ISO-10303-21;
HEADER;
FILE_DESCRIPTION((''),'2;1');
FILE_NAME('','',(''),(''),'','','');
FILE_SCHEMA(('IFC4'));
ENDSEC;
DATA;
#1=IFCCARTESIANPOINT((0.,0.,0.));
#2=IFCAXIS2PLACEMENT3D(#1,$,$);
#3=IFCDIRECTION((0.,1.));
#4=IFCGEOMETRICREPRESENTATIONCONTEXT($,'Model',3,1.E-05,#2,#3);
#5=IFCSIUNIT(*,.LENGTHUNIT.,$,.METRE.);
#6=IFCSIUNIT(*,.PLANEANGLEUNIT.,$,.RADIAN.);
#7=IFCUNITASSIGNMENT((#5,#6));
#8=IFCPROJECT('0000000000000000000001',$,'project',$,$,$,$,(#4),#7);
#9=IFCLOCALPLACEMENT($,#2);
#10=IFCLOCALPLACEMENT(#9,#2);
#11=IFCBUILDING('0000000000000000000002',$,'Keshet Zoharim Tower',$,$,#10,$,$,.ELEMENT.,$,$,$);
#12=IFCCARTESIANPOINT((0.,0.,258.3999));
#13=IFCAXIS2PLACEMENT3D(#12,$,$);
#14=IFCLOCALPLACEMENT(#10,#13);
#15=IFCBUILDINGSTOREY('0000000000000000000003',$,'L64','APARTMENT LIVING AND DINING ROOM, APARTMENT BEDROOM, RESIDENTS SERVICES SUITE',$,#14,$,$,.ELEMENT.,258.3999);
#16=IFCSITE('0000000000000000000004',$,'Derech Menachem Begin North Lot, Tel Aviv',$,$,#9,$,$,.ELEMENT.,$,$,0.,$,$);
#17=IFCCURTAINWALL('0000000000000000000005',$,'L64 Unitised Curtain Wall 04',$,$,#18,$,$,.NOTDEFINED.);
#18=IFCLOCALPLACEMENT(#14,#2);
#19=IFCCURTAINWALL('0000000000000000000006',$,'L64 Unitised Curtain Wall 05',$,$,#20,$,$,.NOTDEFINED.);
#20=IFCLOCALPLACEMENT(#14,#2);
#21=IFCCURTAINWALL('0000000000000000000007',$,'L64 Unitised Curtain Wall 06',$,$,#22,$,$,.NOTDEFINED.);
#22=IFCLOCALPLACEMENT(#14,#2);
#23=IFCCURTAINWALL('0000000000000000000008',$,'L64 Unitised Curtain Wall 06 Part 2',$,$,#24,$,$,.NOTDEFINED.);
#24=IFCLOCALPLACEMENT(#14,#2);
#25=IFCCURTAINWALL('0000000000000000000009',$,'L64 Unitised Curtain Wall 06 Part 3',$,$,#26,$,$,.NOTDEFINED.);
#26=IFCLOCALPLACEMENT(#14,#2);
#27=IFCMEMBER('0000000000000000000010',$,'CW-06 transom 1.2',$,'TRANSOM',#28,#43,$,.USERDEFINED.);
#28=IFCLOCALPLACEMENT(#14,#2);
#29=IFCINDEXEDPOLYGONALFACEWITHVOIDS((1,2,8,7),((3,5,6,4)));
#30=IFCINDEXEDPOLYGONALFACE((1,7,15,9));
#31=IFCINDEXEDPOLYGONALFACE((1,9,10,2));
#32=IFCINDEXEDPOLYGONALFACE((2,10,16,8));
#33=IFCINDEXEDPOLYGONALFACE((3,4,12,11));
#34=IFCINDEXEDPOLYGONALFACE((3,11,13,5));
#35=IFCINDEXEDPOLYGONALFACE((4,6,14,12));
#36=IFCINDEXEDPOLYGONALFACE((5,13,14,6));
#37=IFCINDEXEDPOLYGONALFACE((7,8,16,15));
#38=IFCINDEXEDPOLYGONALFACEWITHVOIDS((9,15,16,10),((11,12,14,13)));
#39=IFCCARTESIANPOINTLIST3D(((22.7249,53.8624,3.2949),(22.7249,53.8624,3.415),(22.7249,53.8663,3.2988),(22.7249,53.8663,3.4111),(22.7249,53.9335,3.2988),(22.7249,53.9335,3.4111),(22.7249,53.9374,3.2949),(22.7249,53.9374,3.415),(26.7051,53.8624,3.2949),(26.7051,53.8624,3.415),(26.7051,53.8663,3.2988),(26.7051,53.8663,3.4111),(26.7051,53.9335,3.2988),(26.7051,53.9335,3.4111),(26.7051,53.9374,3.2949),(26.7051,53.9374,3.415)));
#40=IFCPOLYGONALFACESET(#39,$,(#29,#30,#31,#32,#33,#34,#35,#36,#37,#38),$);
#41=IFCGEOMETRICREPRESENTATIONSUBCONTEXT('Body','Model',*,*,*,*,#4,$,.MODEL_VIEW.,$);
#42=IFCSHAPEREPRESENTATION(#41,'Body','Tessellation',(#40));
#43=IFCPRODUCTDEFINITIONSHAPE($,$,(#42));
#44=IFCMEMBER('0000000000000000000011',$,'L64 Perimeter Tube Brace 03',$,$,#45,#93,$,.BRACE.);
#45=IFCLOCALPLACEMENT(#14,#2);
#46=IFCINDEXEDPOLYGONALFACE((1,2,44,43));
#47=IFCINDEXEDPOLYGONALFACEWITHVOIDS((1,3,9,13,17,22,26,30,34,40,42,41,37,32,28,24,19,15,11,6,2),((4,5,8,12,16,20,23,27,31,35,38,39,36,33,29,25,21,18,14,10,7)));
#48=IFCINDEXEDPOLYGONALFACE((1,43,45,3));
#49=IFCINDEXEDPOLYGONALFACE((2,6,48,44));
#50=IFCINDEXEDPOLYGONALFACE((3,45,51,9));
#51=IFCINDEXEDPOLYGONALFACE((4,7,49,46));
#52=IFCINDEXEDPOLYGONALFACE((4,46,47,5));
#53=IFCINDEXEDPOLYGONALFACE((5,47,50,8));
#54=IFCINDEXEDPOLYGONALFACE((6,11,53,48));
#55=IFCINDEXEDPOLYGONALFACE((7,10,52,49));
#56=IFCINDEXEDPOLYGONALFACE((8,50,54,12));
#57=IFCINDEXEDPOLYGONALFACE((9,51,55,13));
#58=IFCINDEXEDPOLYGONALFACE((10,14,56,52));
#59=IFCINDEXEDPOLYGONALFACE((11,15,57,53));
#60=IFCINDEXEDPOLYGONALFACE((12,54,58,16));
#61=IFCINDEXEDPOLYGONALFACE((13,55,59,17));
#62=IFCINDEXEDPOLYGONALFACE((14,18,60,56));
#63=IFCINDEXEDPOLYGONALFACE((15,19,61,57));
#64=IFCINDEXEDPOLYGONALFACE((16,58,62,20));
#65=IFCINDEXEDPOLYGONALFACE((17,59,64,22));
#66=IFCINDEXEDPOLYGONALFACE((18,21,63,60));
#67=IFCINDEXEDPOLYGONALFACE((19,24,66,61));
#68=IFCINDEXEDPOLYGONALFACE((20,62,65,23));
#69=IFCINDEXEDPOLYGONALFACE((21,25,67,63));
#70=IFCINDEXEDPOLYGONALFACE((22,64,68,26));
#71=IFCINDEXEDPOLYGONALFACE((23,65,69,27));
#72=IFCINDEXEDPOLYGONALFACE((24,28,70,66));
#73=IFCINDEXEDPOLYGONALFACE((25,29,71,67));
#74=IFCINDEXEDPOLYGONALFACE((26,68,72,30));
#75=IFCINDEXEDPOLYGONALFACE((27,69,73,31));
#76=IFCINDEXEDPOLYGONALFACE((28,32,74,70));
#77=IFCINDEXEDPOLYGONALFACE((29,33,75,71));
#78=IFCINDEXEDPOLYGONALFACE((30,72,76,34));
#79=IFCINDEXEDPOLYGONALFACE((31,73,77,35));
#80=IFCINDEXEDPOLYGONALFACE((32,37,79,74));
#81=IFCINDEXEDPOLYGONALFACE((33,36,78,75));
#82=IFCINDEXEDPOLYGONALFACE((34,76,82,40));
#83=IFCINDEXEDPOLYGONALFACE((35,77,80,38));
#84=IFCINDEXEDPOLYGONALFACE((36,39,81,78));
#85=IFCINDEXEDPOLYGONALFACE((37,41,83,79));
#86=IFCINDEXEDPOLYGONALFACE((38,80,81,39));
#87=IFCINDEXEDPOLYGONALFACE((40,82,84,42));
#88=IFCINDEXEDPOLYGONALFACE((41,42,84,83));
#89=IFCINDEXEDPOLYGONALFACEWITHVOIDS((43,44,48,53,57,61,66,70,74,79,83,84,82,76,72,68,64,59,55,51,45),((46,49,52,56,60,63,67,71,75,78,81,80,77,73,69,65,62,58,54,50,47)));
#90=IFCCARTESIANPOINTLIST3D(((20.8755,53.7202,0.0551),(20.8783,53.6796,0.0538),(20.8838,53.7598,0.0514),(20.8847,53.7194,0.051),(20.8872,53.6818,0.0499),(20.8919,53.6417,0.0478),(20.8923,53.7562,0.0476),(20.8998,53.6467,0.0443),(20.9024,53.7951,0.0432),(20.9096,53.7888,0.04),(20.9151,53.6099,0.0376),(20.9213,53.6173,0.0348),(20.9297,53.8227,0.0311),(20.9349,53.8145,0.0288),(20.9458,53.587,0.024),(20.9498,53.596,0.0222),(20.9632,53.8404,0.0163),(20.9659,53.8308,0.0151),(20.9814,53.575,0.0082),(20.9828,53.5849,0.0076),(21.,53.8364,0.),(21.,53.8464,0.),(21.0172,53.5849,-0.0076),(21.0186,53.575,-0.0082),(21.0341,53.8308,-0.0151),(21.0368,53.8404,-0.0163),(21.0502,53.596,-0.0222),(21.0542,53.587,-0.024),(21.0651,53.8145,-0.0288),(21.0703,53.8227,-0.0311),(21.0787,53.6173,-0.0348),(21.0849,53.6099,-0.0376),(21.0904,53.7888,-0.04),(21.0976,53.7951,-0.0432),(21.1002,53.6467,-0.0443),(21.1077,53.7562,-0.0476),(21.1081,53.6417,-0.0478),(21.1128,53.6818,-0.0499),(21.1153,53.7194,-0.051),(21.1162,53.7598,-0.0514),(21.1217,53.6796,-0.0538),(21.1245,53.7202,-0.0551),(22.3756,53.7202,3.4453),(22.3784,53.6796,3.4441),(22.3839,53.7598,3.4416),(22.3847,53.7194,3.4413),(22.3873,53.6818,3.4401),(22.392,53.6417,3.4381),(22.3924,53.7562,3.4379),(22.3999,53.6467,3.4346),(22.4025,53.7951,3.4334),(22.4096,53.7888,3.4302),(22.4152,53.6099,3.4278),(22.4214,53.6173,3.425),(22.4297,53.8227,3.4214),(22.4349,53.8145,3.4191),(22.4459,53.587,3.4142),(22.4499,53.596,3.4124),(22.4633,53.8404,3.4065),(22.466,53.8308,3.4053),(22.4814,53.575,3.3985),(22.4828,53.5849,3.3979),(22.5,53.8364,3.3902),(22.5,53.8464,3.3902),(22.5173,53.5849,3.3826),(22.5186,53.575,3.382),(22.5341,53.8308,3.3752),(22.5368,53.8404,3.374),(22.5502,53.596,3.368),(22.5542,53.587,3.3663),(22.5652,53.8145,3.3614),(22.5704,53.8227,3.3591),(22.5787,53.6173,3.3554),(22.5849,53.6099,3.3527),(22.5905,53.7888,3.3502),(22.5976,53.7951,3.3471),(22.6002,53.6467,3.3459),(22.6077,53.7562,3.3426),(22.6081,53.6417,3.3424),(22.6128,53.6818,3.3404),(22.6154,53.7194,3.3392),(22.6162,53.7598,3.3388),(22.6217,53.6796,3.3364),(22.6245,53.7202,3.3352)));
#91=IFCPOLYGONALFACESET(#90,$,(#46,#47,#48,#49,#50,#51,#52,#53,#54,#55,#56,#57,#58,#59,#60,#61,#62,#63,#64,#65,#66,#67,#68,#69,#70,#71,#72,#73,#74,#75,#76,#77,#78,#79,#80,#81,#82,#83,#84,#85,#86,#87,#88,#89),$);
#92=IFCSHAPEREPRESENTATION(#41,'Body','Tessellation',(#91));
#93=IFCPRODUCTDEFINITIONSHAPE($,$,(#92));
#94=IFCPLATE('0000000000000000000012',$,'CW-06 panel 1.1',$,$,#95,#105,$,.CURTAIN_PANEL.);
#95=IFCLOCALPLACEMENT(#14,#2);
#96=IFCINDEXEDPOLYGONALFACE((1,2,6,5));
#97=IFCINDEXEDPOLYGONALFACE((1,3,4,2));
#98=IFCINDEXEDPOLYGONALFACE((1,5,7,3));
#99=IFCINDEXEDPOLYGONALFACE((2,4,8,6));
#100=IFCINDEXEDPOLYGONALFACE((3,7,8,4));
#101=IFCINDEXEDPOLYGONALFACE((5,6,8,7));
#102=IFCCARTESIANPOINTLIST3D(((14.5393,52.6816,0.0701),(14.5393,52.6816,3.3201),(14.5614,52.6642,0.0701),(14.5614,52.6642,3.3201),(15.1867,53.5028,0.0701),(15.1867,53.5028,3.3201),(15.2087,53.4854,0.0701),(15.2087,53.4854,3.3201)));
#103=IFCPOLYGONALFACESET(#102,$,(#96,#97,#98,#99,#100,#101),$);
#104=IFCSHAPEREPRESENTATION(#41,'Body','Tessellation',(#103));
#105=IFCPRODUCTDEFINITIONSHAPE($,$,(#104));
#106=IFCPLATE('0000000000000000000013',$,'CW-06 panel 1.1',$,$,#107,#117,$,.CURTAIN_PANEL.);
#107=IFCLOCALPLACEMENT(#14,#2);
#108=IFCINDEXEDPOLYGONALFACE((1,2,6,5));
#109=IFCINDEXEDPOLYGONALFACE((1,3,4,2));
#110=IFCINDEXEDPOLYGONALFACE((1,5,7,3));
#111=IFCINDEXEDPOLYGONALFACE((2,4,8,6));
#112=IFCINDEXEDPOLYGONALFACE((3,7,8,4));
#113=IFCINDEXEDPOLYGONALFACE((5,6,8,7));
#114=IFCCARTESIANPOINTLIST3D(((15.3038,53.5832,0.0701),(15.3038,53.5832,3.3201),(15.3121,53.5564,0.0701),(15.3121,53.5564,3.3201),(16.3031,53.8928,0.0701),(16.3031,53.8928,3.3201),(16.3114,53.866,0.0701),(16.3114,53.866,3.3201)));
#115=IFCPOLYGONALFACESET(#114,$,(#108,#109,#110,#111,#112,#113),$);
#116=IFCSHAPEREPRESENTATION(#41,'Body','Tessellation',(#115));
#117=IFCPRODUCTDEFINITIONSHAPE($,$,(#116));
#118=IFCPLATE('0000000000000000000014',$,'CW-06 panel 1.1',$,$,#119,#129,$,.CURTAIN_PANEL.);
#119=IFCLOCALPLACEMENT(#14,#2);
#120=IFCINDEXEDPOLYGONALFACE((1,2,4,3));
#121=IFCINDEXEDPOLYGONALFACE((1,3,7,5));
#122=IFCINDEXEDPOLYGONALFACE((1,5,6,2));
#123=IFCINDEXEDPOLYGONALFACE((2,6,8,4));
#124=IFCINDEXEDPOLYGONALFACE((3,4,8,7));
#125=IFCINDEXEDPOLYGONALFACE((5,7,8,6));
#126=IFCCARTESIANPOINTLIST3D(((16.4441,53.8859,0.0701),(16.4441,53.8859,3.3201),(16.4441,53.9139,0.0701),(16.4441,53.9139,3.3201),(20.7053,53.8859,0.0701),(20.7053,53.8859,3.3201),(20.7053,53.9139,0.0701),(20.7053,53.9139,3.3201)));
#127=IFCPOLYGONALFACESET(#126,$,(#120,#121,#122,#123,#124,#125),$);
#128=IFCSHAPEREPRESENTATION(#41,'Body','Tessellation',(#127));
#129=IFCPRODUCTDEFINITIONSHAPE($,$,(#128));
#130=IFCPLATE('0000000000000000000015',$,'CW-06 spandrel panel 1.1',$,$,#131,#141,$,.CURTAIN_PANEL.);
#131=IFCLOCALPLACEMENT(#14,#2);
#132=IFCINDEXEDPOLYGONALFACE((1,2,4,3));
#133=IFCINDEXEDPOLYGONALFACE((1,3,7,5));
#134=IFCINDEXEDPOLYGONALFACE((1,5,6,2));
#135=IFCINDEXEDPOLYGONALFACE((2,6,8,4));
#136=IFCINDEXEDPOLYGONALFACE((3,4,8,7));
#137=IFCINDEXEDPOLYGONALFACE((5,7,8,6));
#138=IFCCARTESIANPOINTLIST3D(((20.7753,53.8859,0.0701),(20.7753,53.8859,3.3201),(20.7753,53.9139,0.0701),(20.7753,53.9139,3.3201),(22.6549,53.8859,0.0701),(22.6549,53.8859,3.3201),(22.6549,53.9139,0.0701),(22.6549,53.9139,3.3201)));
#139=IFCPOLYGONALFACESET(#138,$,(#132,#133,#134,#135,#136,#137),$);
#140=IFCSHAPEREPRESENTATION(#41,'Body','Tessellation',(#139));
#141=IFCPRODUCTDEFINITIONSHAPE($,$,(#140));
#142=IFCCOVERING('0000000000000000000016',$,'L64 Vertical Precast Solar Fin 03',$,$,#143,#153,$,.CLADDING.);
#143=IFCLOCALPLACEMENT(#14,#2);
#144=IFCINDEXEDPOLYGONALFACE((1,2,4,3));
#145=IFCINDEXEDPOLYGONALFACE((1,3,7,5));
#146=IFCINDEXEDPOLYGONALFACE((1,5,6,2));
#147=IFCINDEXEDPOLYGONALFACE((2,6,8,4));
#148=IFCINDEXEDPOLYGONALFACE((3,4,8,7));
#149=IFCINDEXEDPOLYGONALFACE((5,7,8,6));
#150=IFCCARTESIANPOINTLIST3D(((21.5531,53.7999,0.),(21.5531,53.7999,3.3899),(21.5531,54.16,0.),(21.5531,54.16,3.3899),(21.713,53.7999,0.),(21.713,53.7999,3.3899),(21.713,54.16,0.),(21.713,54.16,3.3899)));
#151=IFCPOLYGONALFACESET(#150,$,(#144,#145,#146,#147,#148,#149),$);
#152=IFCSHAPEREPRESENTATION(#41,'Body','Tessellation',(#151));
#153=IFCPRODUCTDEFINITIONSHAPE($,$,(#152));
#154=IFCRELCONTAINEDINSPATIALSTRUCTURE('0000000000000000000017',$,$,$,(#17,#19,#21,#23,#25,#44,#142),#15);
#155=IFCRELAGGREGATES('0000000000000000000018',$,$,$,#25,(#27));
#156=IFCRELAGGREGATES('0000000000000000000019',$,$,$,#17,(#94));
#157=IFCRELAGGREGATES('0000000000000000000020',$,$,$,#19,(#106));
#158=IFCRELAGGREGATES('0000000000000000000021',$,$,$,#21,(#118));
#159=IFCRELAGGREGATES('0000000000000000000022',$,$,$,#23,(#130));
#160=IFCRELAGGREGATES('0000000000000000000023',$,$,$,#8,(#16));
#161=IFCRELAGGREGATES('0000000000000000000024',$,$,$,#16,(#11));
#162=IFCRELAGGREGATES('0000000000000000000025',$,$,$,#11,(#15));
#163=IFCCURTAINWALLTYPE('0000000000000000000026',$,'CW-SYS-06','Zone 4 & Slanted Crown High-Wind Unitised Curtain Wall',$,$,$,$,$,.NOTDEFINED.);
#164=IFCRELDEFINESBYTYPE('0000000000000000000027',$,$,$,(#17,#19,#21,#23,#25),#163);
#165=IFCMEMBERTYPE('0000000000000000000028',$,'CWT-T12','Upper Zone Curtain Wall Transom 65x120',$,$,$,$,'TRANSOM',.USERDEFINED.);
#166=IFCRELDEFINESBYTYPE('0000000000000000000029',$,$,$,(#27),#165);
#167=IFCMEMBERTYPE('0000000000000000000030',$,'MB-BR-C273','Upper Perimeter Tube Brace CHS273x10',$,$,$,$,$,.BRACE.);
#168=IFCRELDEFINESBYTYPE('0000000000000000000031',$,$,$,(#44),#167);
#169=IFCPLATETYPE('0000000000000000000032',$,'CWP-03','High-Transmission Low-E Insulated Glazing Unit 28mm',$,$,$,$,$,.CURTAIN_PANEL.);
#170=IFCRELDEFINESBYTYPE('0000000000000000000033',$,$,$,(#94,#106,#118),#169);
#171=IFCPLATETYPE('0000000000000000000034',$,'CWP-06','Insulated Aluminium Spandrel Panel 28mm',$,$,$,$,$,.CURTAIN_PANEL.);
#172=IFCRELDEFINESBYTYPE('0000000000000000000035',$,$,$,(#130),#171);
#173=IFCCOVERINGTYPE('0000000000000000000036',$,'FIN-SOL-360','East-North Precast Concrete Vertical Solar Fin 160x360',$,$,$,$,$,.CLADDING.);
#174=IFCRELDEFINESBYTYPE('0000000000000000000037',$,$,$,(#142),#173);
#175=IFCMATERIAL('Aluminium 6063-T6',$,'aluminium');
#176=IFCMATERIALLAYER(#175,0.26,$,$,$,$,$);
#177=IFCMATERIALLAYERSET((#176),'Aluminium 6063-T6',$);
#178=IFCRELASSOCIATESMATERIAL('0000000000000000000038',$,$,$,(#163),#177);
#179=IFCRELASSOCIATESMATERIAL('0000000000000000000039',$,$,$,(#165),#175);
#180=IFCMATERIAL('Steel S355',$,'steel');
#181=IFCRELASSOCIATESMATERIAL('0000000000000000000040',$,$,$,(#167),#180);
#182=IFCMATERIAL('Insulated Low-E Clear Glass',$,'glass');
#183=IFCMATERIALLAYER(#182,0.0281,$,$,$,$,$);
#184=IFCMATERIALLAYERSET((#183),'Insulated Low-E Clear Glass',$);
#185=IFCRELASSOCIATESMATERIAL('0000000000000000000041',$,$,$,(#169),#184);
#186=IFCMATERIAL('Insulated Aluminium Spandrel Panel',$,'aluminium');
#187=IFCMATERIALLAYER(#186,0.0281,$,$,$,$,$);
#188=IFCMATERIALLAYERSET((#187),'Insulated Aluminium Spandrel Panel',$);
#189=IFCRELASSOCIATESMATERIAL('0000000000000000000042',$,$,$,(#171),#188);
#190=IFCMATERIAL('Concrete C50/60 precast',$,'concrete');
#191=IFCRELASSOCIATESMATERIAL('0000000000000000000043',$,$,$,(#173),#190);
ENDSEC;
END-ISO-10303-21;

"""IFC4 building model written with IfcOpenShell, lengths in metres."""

from ifc_helpers import new_model, si_unit, direction, frame, origin, origin_2d, place, context, subcontext, project, spatial, rectangle, hollow_rectangle, hollow_circle, extrude, material, layer, layer_set, material_profile, profile_set, type_object, element, aggregate, save


model = new_model("IFC4")

# Units and contexts
model_context = context("Model", 3, precision=1e-05, world=origin(), true_north=direction((0.0, 1.0)))
body_context = subcontext(model_context, "Body", "Model", "MODEL_VIEW")
ifc_project = project(units=[si_unit("LENGTHUNIT", "METRE"), si_unit("PLANEANGLEUNIT", "RADIAN")], contexts=[model_context])

# Site, building, storey
site_placement = place(None, origin())
site = spatial("IfcSite", under=ifc_project, at=site_placement, Name="Derech Menachem Begin North Lot, Tel Aviv", CompositionType="ELEMENT", RefElevation=0.0)
building_placement = place(site_placement, origin())
building = spatial("IfcBuilding", under=site, at=building_placement, Name="Keshet Zoharim Tower", CompositionType="ELEMENT")
storey_placement = place(building_placement, frame((0.0, 0.0, 258.3999)))
storey = spatial("IfcBuildingStorey", under=building, at=storey_placement, Name="L64", Description="APARTMENT LIVING AND DINING ROOM, APARTMENT BEDROOM, RESIDENTS SERVICES SUITE", CompositionType="ELEMENT", Elevation=258.3999)

# Shared definitions
ifc_material_1 = material(Name="Steel S355", Category="steel")

# Curtain walls
ifc_material_2 = material(Name="Aluminium 6063-T6", Category="aluminium")
ifc_layer_1 = layer(ifc_material_2, 0.26)
ifc_layer_set_1 = layer_set([ifc_layer_1], Name="Aluminium 6063-T6")
curtain_wall_type = type_object("IfcCurtainWallType", Name="CW-SYS-06", Description="Zone 4 & Slanted Crown High-Wind Unitised Curtain Wall", PredefinedType="NOTDEFINED", material=ifc_layer_set_1)
curtain_wall_1_placement = place(storey_placement, origin())
curtain_wall_1 = element("IfcCurtainWall", 1, at=curtain_wall_1_placement, inside=storey, type_object=curtain_wall_type, Name="L64 Unitised Curtain Wall 04", PredefinedType="NOTDEFINED")
curtain_wall_2_placement = place(storey_placement, origin())
curtain_wall_2 = element("IfcCurtainWall", 2, at=curtain_wall_2_placement, inside=storey, type_object=curtain_wall_type, Name="L64 Unitised Curtain Wall 05", PredefinedType="NOTDEFINED")
curtain_wall_3_placement = place(storey_placement, origin())
curtain_wall_3 = element("IfcCurtainWall", 3, at=curtain_wall_3_placement, inside=storey, type_object=curtain_wall_type, Name="L64 Unitised Curtain Wall 06", PredefinedType="NOTDEFINED")

# Curtain wall
curtain_wall_4_placement = place(storey_placement, origin())
curtain_wall_4 = element("IfcCurtainWall", 4, at=curtain_wall_4_placement, inside=storey, type_object=curtain_wall_type, Name="L64 Unitised Curtain Wall 06 Part 2", PredefinedType="NOTDEFINED")

# Shared definitions
ifc_material_profile_1 = material_profile(ifc_material_2, hollow_rectangle(XDim=0.075, YDim=0.1201, WallThickness=0.0039, at=origin_2d()), Name="TRN-75x120")
ifc_profile_set_1 = profile_set([ifc_material_profile_1], Name="Aluminium 6063-T6")
member_type_1 = type_object("IfcMemberType", Name="CWT-T12", Description="Upper Zone Curtain Wall Transom 65x120", ElementType="TRANSOM", PredefinedType="USERDEFINED", material=ifc_profile_set_1)

# Curtain wall, member
curtain_wall_5_placement = place(storey_placement, origin())
curtain_wall_5 = element("IfcCurtainWall", 5, at=curtain_wall_5_placement, inside=storey, type_object=curtain_wall_type, Name="L64 Unitised Curtain Wall 06 Part 3", PredefinedType="NOTDEFINED")
member_1_placement = place(storey_placement, frame((22.7249, 53.8999, 3.355), z_axis=(1.0, 0.0, 0.0), x_axis=(0.0, 1.0, 0.0)))
member_1 = element("IfcMember", 6, at=member_1_placement, type_object=member_type_1, Name="CW-06 transom 1.2", ObjectType="TRANSOM", PredefinedType="USERDEFINED", context=body_context, shape_type="SweptSolid", body=[
    extrude(hollow_rectangle(XDim=0.075, YDim=0.1201, WallThickness=0.0039, at=origin_2d()), origin(), (0.0, 0.0, 1.0), 3.9802),
])
aggregate(curtain_wall_5, [member_1])

# Member
ifc_material_profile_2 = material_profile(ifc_material_1, hollow_circle(Radius=0.1365, WallThickness=0.01, at=origin_2d()), Name="CHS273x10")
ifc_profile_set_2 = profile_set([ifc_material_profile_2], Name="Steel S355")
member_type_2 = type_object("IfcMemberType", Name="MB-BR-C273", Description="Upper Perimeter Tube Brace CHS273x10", PredefinedType="BRACE", material=ifc_profile_set_2)
member_2_placement = place(storey_placement, frame((21.0, 53.71, 0.0), z_axis=(0.404623, 0.0, 0.914484), x_axis=(0.0, 1.0, 0.0)))
element("IfcMember", 7, at=member_2_placement, inside=storey, type_object=member_type_2, Name="L64 Perimeter Tube Brace 03", PredefinedType="BRACE", context=body_context, shape_type="SweptSolid", body=[
    extrude(hollow_circle(Radius=0.1365, WallThickness=0.01, at=origin_2d()), origin(), (0.0, 0.0, 1.0), 3.7073),
])

# Plates
ifc_material_3 = material(Name="Insulated Low-E Clear Glass", Category="glass")
ifc_layer_2 = layer(ifc_material_3, 0.0281)
ifc_layer_set_2 = layer_set([ifc_layer_2], Name="Insulated Low-E Clear Glass")
plate_type_1 = type_object("IfcPlateType", Name="CWP-03", Description="High-Transmission Low-E Insulated Glazing Unit 28mm", PredefinedType="CURTAIN_PANEL", material=ifc_layer_set_2)
plate_1_placement = place(storey_placement, frame((14.874, 53.0835, 0.0701), z_axis=(0.0, 0.0, 1.0), x_axis=(0.619125, 0.785293, 0.0)))
plate_1 = element("IfcPlate", 8, at=plate_1_placement, type_object=plate_type_1, Name="CW-06 panel 1.1", PredefinedType="CURTAIN_PANEL", context=body_context, shape_type="SweptSolid", body=[
    extrude(rectangle(XDim=1.0457, YDim=0.0281, at=origin_2d()), origin(), (0.0, 0.0, 1.0), 3.25),
])
aggregate(curtain_wall_1, [plate_1])
plate_2_placement = place(storey_placement, frame((15.8076, 53.7246, 0.0701), z_axis=(0.0, 0.0, 1.0), x_axis=(0.955212, 0.295922, 0.0)))
plate_2 = element("IfcPlate", 9, at=plate_2_placement, type_object=plate_type_1, Name="CW-06 panel 1.1", PredefinedType="CURTAIN_PANEL", context=body_context, shape_type="SweptSolid", body=[
    extrude(rectangle(XDim=1.0461, YDim=0.0281, at=origin_2d()), origin(), (0.0, 0.0, 1.0), 3.25),
])
aggregate(curtain_wall_2, [plate_2])
plate_3_placement = place(storey_placement, frame((18.5747, 53.8999, 0.0701), z_axis=(0.0, 0.0, 1.0), x_axis=(1.0, 0.0, 0.0)))
plate_3 = element("IfcPlate", 10, at=plate_3_placement, type_object=plate_type_1, Name="CW-06 panel 1.1", PredefinedType="CURTAIN_PANEL", context=body_context, shape_type="SweptSolid", body=[
    extrude(rectangle(XDim=4.2612, YDim=0.0281, at=origin_2d()), origin(), (0.0, 0.0, 1.0), 3.25),
])
aggregate(curtain_wall_3, [plate_3])
ifc_material_4 = material(Name="Insulated Aluminium Spandrel Panel", Category="aluminium")
ifc_layer_3 = layer(ifc_material_4, 0.0281)
ifc_layer_set_3 = layer_set([ifc_layer_3], Name="Insulated Aluminium Spandrel Panel")
plate_type_2 = type_object("IfcPlateType", Name="CWP-06", Description="Insulated Aluminium Spandrel Panel 28mm", PredefinedType="CURTAIN_PANEL", material=ifc_layer_set_3)
plate_4_placement = place(storey_placement, frame((21.7151, 53.8999, 0.0701), z_axis=(0.0, 0.0, 1.0), x_axis=(1.0, 0.0, 0.0)))
plate_4 = element("IfcPlate", 11, at=plate_4_placement, type_object=plate_type_2, Name="CW-06 spandrel panel 1.1", PredefinedType="CURTAIN_PANEL", context=body_context, shape_type="SweptSolid", body=[
    extrude(rectangle(XDim=1.8796, YDim=0.0281, at=origin_2d()), origin(), (0.0, 0.0, 1.0), 3.25),
])
aggregate(curtain_wall_4, [plate_4])

# Covering
ifc_material_5 = material(Name="Concrete C50/60 precast", Category="concrete")
covering_type = type_object("IfcCoveringType", Name="FIN-SOL-360", Description="East-North Precast Concrete Vertical Solar Fin 160x360", PredefinedType="CLADDING", material=ifc_material_5)
covering_placement = place(storey_placement, frame((21.6331, 53.98, 0.0), z_axis=(0.0, 0.0, 1.0), x_axis=(1.0, 0.0, 0.0)))
element("IfcCovering", 12, at=covering_placement, inside=storey, type_object=covering_type, Name="L64 Vertical Precast Solar Fin 03", PredefinedType="CLADDING", context=body_context, shape_type="SweptSolid", body=[
    extrude(rectangle(XDim=0.1599, YDim=0.3601, at=origin_2d()), origin(), (0.0, 0.0, 1.0), 3.3899),
])

save(model, "model.ifc")
